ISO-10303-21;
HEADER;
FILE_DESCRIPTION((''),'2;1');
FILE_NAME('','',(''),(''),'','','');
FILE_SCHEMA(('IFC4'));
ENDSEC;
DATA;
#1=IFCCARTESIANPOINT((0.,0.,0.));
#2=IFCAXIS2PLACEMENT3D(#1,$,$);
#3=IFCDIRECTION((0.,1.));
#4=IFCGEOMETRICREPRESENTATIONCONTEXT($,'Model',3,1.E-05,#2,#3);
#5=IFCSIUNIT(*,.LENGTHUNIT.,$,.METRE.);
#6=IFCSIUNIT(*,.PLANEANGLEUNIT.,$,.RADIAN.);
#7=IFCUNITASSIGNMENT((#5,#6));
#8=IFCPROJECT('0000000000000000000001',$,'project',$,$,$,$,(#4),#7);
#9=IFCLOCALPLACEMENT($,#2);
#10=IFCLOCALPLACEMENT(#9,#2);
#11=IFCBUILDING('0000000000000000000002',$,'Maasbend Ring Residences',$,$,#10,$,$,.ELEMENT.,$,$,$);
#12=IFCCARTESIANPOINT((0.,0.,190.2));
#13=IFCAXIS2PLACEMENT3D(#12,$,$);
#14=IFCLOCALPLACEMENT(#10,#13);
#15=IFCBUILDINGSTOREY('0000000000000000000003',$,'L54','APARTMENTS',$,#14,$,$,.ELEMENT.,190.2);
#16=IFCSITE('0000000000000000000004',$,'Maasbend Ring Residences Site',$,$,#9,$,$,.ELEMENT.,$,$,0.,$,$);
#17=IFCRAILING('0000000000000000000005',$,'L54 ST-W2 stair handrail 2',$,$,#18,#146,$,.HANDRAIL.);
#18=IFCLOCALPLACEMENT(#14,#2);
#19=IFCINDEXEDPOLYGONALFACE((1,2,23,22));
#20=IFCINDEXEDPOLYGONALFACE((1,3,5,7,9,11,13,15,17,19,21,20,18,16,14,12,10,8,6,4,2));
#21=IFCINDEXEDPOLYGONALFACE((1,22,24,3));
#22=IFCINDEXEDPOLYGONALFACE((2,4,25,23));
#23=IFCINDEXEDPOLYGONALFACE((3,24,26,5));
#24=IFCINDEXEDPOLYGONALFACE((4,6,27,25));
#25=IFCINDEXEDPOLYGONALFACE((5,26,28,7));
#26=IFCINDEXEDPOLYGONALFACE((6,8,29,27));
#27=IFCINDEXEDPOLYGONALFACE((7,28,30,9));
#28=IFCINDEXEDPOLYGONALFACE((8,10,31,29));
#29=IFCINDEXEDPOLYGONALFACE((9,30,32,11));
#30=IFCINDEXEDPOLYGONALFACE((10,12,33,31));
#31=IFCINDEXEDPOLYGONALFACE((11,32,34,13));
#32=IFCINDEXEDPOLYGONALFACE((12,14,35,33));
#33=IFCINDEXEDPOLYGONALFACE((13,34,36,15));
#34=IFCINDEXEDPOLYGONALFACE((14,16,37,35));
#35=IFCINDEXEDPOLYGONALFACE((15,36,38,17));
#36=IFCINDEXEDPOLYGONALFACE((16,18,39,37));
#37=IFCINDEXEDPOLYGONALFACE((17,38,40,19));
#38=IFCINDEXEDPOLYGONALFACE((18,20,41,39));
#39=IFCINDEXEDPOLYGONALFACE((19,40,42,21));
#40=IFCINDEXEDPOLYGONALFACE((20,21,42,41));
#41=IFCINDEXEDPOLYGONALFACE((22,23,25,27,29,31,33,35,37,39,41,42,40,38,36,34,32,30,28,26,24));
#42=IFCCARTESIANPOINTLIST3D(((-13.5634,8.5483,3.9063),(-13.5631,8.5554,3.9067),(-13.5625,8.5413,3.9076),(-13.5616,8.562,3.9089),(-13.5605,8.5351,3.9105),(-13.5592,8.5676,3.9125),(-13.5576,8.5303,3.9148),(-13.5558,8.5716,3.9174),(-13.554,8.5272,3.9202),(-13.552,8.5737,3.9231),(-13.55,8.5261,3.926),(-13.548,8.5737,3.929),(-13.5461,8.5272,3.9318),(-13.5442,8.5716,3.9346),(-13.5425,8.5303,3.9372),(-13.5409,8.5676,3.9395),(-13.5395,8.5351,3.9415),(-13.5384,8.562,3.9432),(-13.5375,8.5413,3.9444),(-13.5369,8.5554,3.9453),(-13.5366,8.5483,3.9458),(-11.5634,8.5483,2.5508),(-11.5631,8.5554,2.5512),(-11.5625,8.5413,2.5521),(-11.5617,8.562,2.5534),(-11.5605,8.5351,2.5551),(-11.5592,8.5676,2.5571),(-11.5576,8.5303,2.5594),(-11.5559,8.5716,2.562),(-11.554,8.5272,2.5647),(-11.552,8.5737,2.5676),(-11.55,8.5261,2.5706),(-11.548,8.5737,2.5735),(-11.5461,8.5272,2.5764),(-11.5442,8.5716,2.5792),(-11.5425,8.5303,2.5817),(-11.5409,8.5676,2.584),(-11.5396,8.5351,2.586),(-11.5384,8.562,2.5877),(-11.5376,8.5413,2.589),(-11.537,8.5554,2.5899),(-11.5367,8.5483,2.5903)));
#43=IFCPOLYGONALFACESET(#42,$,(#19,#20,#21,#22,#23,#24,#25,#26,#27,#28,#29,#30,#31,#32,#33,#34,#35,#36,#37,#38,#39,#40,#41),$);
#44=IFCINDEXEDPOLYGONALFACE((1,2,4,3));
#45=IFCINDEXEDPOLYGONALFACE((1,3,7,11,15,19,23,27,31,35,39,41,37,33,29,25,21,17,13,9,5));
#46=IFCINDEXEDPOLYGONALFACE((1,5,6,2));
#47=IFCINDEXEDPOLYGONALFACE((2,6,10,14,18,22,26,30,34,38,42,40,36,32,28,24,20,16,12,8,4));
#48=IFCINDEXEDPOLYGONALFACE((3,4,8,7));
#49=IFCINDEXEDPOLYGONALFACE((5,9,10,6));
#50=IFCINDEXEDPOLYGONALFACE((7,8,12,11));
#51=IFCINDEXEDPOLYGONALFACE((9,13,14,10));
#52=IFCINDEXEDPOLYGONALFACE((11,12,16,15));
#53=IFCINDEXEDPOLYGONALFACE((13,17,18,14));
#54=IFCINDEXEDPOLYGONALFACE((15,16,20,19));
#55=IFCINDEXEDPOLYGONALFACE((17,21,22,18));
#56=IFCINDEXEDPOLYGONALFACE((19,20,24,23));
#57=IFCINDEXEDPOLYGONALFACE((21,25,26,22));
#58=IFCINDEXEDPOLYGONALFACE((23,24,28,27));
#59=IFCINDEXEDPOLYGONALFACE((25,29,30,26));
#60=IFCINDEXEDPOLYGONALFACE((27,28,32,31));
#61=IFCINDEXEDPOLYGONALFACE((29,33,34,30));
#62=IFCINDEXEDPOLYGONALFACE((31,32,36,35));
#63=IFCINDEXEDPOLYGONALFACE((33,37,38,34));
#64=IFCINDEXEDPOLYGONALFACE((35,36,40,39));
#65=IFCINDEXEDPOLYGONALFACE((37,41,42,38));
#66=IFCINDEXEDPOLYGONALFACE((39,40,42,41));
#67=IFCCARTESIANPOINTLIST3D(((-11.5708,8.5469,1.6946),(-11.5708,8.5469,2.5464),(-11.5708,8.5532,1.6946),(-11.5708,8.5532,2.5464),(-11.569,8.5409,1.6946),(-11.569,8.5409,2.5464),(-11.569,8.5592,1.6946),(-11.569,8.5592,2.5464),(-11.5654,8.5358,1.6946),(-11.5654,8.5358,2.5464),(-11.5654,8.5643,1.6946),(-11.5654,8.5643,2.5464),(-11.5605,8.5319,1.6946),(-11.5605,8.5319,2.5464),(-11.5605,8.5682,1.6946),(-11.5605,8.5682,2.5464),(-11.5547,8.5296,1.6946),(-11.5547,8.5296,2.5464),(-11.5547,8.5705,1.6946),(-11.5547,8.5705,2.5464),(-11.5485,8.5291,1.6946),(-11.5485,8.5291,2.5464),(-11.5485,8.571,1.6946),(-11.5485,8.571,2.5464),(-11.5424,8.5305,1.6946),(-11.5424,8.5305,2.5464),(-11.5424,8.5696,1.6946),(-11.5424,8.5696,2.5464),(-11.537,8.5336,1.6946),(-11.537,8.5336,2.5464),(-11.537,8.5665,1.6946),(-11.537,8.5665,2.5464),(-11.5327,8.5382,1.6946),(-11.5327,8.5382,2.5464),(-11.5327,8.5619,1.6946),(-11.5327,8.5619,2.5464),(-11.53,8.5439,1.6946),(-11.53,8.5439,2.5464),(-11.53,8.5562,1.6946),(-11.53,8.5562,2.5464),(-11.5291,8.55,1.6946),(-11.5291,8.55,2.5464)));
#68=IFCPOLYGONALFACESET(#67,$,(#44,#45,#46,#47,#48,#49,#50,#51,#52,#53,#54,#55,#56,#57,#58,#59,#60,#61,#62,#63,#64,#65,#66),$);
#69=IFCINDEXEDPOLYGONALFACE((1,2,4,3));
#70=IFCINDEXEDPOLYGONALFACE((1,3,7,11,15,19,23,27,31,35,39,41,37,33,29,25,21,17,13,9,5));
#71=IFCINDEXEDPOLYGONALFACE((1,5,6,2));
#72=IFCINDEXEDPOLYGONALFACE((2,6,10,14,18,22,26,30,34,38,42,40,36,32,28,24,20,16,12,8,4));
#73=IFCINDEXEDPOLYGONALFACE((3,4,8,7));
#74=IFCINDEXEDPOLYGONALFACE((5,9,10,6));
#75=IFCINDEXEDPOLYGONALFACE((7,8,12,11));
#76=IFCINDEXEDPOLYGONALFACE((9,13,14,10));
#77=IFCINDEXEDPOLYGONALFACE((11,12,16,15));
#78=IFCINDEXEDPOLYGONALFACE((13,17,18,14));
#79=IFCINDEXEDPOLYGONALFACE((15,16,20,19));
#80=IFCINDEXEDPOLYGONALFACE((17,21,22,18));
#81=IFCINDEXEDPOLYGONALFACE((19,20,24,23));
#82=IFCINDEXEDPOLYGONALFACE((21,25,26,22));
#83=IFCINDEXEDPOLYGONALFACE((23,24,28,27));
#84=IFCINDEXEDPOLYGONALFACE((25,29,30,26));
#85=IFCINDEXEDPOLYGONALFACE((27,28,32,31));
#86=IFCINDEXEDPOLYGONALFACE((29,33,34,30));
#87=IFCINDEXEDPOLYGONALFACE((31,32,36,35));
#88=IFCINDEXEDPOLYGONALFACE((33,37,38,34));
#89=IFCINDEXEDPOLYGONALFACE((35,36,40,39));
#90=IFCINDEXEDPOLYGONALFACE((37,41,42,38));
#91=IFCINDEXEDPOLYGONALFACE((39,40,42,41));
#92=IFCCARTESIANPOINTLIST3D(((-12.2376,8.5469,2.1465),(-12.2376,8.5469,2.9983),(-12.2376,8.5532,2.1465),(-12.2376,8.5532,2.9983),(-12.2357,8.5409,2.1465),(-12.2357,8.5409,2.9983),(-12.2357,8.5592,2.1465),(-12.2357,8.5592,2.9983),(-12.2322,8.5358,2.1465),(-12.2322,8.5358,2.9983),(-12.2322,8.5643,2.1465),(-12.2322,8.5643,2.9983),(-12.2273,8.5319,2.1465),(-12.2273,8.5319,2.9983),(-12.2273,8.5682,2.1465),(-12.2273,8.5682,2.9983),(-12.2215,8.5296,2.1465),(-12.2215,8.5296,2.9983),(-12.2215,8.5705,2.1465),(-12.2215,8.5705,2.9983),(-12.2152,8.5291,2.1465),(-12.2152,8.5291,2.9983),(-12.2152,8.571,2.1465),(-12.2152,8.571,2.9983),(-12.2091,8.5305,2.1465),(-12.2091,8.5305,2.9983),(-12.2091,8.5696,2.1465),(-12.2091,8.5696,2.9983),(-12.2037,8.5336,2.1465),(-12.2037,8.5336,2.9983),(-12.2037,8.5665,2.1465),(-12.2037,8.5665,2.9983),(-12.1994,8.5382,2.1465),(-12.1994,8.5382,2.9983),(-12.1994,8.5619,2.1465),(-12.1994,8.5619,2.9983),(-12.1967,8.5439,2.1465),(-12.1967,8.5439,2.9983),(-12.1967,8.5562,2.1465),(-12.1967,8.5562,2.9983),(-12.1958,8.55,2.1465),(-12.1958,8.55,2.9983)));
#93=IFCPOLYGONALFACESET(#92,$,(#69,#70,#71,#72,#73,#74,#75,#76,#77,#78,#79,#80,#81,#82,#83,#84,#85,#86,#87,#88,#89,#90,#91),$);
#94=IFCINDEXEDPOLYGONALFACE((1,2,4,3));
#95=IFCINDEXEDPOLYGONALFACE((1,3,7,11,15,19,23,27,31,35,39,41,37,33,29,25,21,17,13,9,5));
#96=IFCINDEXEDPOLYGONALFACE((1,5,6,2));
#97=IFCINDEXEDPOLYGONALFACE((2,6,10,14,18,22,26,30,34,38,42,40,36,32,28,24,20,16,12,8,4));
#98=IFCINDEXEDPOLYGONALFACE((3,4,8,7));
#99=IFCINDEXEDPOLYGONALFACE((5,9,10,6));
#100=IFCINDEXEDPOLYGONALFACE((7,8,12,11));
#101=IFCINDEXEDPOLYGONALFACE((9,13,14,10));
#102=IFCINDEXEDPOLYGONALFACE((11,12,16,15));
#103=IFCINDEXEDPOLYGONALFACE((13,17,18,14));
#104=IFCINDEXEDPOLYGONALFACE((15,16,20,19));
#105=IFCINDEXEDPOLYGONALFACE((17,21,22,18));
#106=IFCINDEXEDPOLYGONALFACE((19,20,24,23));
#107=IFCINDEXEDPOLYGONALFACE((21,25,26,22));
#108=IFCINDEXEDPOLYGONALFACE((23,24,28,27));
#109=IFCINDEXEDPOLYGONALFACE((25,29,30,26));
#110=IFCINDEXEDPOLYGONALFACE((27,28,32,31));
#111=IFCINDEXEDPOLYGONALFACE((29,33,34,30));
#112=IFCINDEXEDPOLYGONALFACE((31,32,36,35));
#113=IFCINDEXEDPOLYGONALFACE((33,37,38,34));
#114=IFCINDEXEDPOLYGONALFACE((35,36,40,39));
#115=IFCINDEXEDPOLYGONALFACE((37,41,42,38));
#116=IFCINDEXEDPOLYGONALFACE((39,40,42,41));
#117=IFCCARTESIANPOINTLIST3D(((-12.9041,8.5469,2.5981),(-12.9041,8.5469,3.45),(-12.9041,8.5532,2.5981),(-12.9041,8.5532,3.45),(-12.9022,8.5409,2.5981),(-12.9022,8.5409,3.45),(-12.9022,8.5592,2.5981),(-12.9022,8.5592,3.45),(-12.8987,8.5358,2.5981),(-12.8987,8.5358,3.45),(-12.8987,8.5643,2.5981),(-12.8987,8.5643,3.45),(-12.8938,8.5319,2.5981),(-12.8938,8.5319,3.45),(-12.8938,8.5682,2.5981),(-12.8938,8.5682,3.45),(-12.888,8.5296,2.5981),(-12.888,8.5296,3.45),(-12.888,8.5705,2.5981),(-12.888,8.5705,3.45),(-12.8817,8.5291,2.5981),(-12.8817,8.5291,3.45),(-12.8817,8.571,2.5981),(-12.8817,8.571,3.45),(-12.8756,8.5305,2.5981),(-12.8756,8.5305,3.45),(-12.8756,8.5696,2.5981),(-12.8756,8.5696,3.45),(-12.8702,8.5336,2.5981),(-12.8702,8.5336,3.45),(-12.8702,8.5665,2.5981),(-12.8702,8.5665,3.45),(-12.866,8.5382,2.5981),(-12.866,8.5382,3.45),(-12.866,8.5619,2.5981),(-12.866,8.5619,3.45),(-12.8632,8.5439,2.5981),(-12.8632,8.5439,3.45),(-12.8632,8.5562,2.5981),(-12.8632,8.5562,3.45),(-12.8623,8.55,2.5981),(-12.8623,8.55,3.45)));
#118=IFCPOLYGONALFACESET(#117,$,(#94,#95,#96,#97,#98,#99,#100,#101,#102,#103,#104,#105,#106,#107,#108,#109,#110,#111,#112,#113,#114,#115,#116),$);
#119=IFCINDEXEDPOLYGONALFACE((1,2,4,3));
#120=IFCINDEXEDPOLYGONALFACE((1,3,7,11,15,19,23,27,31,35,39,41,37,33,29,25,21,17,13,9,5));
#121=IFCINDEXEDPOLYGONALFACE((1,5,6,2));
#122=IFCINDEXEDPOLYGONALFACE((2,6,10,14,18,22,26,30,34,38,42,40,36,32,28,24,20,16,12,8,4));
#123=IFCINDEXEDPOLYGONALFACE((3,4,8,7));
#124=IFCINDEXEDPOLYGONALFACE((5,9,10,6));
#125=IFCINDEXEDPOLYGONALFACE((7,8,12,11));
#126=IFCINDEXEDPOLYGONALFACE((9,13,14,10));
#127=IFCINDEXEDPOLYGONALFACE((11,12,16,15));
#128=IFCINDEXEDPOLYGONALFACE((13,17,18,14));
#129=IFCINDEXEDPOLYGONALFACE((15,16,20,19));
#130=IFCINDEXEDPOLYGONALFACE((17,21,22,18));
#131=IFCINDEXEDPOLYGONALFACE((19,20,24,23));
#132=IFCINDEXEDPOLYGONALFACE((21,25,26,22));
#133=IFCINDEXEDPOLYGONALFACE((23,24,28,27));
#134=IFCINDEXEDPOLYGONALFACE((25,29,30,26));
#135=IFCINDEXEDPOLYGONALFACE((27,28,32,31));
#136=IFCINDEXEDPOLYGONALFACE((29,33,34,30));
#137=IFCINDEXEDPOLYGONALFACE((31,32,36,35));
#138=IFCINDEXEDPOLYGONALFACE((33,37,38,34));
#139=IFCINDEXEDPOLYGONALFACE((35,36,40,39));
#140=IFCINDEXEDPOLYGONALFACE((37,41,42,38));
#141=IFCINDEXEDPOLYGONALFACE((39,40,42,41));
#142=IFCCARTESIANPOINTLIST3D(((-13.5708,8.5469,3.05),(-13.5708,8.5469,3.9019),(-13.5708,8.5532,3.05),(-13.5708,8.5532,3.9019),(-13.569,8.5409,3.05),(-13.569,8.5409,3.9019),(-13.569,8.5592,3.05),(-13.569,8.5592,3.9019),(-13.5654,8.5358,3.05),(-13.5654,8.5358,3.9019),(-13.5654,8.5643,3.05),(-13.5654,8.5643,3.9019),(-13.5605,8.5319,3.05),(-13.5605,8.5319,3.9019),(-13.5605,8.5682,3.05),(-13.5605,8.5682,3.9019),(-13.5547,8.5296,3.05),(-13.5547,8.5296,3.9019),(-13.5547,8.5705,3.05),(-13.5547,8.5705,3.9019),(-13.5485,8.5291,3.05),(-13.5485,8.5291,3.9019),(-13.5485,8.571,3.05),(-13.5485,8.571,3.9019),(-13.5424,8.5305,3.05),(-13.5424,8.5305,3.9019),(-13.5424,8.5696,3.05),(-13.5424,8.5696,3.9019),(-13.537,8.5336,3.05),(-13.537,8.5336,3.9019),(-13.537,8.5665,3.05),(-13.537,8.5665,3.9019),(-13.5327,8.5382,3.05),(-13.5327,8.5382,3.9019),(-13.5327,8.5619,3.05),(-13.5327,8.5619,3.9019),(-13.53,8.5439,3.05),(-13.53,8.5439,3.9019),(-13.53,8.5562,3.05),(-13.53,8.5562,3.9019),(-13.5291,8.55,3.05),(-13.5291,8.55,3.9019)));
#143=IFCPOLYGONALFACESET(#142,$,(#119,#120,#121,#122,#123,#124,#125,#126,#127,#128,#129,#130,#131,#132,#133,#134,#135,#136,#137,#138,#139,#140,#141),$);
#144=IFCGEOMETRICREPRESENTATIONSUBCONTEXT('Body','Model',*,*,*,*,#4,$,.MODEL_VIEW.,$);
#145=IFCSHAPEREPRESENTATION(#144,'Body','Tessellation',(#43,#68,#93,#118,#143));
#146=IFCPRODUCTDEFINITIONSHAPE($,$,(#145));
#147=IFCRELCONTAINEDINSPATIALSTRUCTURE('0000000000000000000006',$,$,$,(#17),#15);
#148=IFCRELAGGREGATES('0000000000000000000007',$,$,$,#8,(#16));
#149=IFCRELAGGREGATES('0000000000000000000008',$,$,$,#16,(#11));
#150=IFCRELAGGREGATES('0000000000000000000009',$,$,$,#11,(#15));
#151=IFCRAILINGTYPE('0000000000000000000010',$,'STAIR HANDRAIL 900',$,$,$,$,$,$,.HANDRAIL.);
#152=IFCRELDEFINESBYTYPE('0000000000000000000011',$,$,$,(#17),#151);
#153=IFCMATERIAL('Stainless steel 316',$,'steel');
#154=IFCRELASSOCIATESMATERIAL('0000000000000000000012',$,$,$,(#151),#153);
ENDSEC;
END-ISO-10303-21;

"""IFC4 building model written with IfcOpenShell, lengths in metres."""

from ifc_helpers import new_model, si_unit, direction, frame, origin, origin_2d, place, context, subcontext, project, spatial, circle, extrude, material, type_object, element, save


model = new_model("IFC4")

# Units and contexts
model_context = context("Model", 3, precision=1e-05, world=origin(), true_north=direction((0.0, 1.0)))
body_context = subcontext(model_context, "Body", "Model", "MODEL_VIEW")
ifc_project = project(units=[si_unit("LENGTHUNIT", "METRE"), si_unit("PLANEANGLEUNIT", "RADIAN")], contexts=[model_context])

# Site, building, storey
site_placement = place(None, origin())
site = spatial("IfcSite", under=ifc_project, at=site_placement, Name="Maasbend Ring Residences Site", CompositionType="ELEMENT", RefElevation=0.0)
building_placement = place(site_placement, origin())
building = spatial("IfcBuilding", under=site, at=building_placement, Name="Maasbend Ring Residences", CompositionType="ELEMENT")
storey_placement = place(building_placement, frame((0.0, 0.0, 190.2)))
storey = spatial("IfcBuildingStorey", under=building, at=storey_placement, Name="L54", Description="APARTMENTS", CompositionType="ELEMENT", Elevation=190.2)

# Railing
ifc_material_1 = material(Name="Stainless steel 316", Category="steel")
railing_type_1 = type_object("IfcRailingType", Name="STAIR HANDRAIL 900", PredefinedType="HANDRAIL", material=ifc_material_1)
railing_1_placement = place(storey_placement, frame((-11.55, 8.55, 1.6946)))
element("IfcRailing", 1, at=railing_1_placement, inside=storey, type_object=railing_type_1, Name="L54 ST-W2 stair handrail 2", PredefinedType="HANDRAIL", context=body_context, shape_type="SweptSolid", body=[
    extrude(circle(Radius=0.0239, at=origin_2d()), frame((0.0, 0.0, 0.876), z_axis=(-0.827798, 0.0, 0.561027), x_axis=(0.0, -1.0, 0.0)), (0.0, 0.0, 1.0), 2.416),
    extrude(circle(Radius=0.021, at=origin_2d()), origin(), (0.0, 0.0, 1.0), 0.8518),
    extrude(circle(Radius=0.021, at=origin_2d()), frame((-0.6667, 0.0, 0.4519)), (0.0, 0.0, 1.0), 0.8518),
    extrude(circle(Radius=0.021, at=origin_2d()), frame((-1.3333, 0.0, 0.9036)), (0.0, 0.0, 1.0), 0.8518),
    extrude(circle(Radius=0.021, at=origin_2d()), frame((-2.0, 0.0, 1.3555)), (0.0, 0.0, 1.0), 0.8518),
])

save(model, "model.ifc")
